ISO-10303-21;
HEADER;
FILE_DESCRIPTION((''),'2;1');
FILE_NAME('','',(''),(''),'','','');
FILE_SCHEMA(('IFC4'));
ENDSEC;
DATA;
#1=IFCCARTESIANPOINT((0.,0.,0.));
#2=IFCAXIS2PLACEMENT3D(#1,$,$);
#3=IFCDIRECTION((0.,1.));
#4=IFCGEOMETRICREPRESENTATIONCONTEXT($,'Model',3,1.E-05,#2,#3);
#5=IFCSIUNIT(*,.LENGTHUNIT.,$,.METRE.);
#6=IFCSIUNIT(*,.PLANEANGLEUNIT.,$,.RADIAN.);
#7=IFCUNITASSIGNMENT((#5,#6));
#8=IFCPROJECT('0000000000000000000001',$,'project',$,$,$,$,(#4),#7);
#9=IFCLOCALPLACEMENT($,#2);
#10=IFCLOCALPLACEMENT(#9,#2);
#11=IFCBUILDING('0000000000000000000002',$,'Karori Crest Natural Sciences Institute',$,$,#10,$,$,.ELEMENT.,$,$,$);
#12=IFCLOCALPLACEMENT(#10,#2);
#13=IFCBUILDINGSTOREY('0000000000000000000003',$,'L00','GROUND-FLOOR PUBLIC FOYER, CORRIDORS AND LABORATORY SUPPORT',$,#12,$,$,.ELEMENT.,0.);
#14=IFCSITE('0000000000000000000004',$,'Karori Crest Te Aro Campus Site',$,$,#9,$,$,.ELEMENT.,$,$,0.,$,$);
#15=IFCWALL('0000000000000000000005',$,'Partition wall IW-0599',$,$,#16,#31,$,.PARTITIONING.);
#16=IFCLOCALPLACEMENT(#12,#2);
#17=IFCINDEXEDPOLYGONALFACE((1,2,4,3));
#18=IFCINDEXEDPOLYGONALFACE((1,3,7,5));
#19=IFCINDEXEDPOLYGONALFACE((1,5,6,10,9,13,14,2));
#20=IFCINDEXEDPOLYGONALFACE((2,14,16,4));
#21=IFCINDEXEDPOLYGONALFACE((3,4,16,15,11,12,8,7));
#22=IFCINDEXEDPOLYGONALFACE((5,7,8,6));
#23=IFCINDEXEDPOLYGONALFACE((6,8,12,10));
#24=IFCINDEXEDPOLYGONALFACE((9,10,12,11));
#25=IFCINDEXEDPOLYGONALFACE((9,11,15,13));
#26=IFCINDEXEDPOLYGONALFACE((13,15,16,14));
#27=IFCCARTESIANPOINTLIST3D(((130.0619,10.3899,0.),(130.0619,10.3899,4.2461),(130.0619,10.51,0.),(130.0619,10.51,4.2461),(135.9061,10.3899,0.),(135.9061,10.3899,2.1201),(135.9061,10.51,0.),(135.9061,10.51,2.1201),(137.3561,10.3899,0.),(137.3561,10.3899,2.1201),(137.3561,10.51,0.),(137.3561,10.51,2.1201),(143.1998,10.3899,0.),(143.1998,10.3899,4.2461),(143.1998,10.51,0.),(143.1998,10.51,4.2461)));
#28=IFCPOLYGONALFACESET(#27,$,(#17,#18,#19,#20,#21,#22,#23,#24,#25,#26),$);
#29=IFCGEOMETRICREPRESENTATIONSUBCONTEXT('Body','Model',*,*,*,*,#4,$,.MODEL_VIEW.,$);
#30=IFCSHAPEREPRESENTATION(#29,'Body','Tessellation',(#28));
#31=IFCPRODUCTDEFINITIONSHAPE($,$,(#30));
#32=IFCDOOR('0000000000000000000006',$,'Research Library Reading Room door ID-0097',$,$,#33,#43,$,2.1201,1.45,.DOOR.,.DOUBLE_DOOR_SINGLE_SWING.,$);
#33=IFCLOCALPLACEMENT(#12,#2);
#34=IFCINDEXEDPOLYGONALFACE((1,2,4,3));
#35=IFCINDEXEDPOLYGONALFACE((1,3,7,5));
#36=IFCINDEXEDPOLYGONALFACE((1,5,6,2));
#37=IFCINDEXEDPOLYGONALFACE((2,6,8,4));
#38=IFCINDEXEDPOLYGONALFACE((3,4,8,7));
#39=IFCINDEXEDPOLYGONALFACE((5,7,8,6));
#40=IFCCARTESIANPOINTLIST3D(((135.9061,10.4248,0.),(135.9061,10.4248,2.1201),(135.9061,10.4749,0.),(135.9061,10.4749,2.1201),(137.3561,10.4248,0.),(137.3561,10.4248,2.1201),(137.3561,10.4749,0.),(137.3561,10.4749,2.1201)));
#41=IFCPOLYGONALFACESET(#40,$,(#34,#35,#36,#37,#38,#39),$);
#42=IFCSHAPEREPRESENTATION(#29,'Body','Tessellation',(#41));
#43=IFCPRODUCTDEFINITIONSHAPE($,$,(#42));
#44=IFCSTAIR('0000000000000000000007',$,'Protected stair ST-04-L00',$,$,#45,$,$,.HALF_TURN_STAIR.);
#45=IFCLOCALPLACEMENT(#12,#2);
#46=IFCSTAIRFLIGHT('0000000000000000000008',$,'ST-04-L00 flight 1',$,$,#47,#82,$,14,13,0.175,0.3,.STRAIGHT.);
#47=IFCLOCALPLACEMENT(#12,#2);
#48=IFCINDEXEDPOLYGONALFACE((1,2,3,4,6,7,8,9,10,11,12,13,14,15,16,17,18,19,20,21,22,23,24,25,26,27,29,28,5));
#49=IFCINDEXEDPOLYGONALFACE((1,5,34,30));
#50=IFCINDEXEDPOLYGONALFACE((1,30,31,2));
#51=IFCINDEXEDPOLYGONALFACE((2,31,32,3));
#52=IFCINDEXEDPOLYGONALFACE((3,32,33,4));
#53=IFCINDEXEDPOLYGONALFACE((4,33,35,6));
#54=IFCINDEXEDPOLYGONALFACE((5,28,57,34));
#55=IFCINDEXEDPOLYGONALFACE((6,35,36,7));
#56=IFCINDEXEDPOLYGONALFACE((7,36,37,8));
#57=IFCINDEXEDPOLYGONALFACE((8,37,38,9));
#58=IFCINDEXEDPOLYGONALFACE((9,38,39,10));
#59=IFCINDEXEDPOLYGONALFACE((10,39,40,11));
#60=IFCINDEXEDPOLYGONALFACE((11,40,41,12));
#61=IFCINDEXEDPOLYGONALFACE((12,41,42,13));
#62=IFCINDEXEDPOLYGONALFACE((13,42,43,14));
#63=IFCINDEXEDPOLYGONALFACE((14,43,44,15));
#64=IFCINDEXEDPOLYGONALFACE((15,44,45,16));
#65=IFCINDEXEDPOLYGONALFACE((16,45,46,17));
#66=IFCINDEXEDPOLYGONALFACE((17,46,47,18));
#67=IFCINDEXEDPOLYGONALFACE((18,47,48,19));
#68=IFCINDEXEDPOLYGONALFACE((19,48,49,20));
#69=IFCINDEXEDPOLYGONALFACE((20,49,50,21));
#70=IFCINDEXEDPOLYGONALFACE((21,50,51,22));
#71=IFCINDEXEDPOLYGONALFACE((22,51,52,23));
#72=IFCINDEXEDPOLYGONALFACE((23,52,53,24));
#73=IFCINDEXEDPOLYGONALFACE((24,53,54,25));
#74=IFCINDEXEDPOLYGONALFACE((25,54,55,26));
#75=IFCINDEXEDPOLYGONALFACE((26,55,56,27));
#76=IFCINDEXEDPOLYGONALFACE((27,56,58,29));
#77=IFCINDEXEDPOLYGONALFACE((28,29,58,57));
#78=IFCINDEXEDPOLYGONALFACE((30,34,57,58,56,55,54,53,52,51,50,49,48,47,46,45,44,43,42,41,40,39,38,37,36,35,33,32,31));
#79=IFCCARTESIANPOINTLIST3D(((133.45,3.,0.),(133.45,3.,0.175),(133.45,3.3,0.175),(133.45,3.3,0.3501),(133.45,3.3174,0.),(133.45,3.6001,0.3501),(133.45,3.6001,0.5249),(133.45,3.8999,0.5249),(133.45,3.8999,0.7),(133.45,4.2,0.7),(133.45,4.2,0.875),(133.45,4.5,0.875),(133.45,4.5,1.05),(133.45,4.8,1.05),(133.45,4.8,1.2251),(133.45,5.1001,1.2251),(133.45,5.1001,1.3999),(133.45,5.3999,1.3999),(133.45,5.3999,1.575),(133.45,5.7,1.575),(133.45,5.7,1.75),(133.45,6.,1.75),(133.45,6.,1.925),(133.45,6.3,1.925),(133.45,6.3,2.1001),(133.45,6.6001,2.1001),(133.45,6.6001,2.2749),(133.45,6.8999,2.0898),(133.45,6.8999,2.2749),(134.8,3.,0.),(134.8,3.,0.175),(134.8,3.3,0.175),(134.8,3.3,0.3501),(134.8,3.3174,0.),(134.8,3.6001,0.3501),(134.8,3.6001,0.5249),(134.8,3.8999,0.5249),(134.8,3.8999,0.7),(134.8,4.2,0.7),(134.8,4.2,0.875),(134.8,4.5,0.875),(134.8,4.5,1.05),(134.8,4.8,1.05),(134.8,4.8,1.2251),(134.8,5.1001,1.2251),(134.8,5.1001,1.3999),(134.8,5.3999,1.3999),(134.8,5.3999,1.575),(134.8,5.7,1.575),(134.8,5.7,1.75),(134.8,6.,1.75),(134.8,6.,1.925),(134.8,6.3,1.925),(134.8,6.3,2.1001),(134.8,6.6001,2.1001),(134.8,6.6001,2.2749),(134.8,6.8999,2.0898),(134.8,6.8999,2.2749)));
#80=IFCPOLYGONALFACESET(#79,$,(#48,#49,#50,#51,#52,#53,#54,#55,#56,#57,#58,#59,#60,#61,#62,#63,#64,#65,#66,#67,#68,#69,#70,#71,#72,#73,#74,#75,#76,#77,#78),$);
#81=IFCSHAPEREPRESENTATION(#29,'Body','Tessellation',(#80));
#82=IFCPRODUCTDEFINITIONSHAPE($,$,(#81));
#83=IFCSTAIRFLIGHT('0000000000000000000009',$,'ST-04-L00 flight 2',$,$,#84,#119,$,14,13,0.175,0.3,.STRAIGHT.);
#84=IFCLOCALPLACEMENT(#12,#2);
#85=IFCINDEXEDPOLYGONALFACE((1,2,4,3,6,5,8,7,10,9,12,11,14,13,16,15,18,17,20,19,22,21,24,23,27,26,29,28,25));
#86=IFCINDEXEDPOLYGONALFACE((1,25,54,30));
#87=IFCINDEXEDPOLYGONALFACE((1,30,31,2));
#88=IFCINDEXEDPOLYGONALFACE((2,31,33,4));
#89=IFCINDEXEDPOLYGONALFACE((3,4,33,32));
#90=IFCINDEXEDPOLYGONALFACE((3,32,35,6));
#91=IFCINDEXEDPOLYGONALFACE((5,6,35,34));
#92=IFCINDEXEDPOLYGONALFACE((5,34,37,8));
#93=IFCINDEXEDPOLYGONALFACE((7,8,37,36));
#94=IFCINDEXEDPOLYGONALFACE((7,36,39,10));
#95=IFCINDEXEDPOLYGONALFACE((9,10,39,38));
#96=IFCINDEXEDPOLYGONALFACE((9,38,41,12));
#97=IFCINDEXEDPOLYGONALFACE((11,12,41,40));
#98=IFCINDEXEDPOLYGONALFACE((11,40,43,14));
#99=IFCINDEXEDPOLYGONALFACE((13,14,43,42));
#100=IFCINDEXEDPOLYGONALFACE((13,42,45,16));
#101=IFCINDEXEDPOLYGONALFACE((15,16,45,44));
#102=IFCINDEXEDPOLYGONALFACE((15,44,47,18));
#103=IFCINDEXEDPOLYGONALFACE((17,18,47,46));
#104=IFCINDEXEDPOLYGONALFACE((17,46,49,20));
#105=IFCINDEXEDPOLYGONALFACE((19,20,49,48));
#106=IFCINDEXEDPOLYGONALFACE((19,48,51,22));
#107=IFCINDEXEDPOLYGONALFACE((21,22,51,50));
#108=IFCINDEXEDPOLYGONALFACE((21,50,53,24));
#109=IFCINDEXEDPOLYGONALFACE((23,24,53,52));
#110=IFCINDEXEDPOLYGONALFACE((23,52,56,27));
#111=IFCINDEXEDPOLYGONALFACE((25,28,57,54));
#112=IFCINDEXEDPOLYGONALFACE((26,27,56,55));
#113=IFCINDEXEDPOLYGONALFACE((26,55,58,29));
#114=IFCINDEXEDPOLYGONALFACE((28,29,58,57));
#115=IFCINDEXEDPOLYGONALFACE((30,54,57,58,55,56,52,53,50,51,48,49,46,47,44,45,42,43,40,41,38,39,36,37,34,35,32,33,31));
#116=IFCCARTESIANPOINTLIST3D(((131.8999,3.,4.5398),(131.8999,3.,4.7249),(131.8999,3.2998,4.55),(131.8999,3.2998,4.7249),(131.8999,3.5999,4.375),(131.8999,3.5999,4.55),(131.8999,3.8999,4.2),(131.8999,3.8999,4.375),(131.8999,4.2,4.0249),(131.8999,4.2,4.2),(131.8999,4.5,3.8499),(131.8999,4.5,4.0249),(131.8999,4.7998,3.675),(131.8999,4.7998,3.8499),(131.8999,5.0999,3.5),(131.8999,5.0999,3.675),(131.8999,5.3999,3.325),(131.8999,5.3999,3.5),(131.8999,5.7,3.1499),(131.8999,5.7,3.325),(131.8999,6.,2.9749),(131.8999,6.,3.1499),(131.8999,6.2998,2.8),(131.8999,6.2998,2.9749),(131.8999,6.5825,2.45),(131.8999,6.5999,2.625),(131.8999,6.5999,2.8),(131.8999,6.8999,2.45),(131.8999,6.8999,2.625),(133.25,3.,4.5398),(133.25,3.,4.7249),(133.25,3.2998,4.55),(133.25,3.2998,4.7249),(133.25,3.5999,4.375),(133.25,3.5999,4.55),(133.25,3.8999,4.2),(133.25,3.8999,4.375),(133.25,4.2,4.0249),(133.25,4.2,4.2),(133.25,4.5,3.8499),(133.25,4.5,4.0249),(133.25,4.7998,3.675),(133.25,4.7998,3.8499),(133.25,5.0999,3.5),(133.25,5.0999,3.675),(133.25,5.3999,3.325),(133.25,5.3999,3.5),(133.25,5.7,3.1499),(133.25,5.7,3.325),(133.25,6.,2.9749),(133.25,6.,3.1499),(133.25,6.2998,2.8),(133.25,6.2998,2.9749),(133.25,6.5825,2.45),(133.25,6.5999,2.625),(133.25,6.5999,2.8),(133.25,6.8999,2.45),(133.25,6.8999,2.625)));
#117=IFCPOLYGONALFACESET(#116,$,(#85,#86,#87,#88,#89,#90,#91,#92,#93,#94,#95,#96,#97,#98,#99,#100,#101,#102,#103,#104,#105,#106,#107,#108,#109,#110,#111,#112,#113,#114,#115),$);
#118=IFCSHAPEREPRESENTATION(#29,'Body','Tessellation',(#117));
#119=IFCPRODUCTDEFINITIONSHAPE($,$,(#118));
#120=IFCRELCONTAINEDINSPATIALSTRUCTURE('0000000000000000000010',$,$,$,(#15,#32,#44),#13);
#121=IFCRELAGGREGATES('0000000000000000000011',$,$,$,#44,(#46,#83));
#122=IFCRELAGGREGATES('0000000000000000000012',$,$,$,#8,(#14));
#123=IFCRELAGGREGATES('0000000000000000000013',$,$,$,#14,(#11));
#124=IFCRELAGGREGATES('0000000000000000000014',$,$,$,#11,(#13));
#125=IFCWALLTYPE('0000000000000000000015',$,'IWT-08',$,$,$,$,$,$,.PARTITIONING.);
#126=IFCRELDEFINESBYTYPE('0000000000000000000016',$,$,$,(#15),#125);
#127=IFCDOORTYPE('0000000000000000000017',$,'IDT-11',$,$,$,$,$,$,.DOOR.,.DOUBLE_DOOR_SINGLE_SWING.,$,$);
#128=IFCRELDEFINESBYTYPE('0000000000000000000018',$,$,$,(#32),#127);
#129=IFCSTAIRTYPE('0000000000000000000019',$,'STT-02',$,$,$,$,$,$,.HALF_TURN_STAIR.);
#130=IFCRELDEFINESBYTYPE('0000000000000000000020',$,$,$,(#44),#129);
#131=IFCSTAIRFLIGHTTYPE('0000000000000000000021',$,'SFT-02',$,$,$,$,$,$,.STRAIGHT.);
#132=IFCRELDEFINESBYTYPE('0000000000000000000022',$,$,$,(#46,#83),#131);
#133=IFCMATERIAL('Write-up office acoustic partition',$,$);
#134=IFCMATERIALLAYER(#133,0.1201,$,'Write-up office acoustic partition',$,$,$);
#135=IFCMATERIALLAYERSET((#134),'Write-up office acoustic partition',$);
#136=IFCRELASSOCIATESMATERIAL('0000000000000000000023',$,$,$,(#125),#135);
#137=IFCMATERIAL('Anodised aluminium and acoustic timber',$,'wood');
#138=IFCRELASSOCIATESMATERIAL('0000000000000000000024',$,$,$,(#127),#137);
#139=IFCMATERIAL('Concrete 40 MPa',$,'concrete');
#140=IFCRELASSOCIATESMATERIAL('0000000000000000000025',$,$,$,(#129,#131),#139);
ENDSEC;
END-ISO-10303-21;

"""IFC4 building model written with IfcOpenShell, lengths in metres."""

from ifc_helpers import new_model, si_unit, direction, frame, frame_2d, origin, place, context, subcontext, project, spatial, polyline, rectangle, outline, extrude, material, layer, layer_set, type_object, element, fill, aggregate, save


model = new_model("IFC4")

# Units and contexts
model_context = context("Model", 3, precision=1e-05, world=origin(), true_north=direction((0.0, 1.0)))
body_context = subcontext(model_context, "Body", "Model", "MODEL_VIEW")
ifc_project = project(units=[si_unit("LENGTHUNIT", "METRE"), si_unit("PLANEANGLEUNIT", "RADIAN")], contexts=[model_context])

# Site, building, storey
site_placement = place(None, origin())
site = spatial("IfcSite", under=ifc_project, at=site_placement, Name="Karori Crest Te Aro Campus Site", CompositionType="ELEMENT", RefElevation=0.0)
building_placement = place(site_placement, origin())
building = spatial("IfcBuilding", under=site, at=building_placement, Name="Karori Crest Natural Sciences Institute", CompositionType="ELEMENT")
storey_placement = place(building_placement, origin())
storey = spatial("IfcBuildingStorey", under=building, at=storey_placement, Name="L00", Description="GROUND-FLOOR PUBLIC FOYER, CORRIDORS AND LABORATORY SUPPORT", CompositionType="ELEMENT", Elevation=0.0)

# Shared definitions
ifc_material_1 = material(Name="Write-up office acoustic partition")
ifc_layer_1 = layer(ifc_material_1, 0.1201, Name="Write-up office acoustic partition")
ifc_layer_set_1 = layer_set([ifc_layer_1], Name="Write-up office acoustic partition")
wall_type_1 = type_object("IfcWallType", Name="IWT-08", PredefinedType="PARTITIONING", material=ifc_layer_set_1)
ifc_material_2 = material(Name="Anodised aluminium and acoustic timber", Category="wood")

# Wall, opening, door
wall_1_placement = place(storey_placement, frame((130.062, 10.45, 0.0), z_axis=(0.0, 0.0, 1.0), x_axis=(1.0, 0.0, 0.0)))
wall_1 = element("IfcWall", 1, at=wall_1_placement, inside=storey, type_object=wall_type_1, Name="Partition wall IW-0599", PredefinedType="PARTITIONING", context=body_context, shape_type="SweptSolid", body=[
    extrude(rectangle(XDim=13.1379, YDim=0.1201, at=frame_2d((6.5688, 0.0))), origin(), (0.0, 0.0, 1.0), 4.2461),
])
opening_1_placement = place(wall_1_placement, frame((5.844, 0.0, 0.0)))
opening_1 = element("IfcOpeningElement", 2, at=opening_1_placement, cuts=wall_1, PredefinedType="OPENING", context=body_context, shape_type="SweptSolid", body=[
    extrude(rectangle(XDim=1.45, YDim=2.1201, at=frame_2d((0.7251, 1.0601))), frame((0.0, 0.0701, 0.0), z_axis=(0.0, -1.0, 0.0), x_axis=(1.0, 0.0, 0.0)), (0.0, 0.0, 1.0), 0.1401),
])
door_type_1 = type_object("IfcDoorType", Name="IDT-11", OperationType="DOUBLE_DOOR_SINGLE_SWING", PredefinedType="DOOR", material=ifc_material_2)
door_1_placement = place(opening_1_placement, origin())
door_1 = element("IfcDoor", 3, at=door_1_placement, inside=storey, type_object=door_type_1, Name="Research Library Reading Room door ID-0097", OperationType="DOUBLE_DOOR_SINGLE_SWING", OverallHeight=2.1201, OverallWidth=1.45, PredefinedType="DOOR", context=body_context, shape_type="SweptSolid", body=[
    extrude(rectangle(XDim=1.45, YDim=2.1201, at=frame_2d((0.7251, 1.0601))), frame((0.0, 0.0249, 0.0), z_axis=(0.0, -1.0, 0.0), x_axis=(1.0, 0.0, 0.0)), (0.0, 0.0, 1.0), 0.05),
])
fill(opening_1, door_1)

# Stair, stair flights
ifc_material_3 = material(Name="Concrete 40 MPa", Category="concrete")
stair_type = type_object("IfcStairType", Name="STT-02", PredefinedType="HALF_TURN_STAIR", material=ifc_material_3)
stair_placement = place(storey_placement, origin())
stair = element("IfcStair", 4, at=stair_placement, inside=storey, type_object=stair_type, Name="Protected stair ST-04-L00", PredefinedType="HALF_TURN_STAIR")
stair_flight_type = type_object("IfcStairFlightType", Name="SFT-02", PredefinedType="STRAIGHT", material=ifc_material_3)
stair_flight_1_placement = place(storey_placement, frame((134.125, 3.0, 0.0), z_axis=(0.0, 0.0, 1.0), x_axis=(0.0, 1.0, 0.0)))
stair_flight_1 = element("IfcStairFlight", 5, at=stair_flight_1_placement, type_object=stair_flight_type, Name="ST-04-L00 flight 1", NumberOfRisers=14, NumberOfTreads=13, PredefinedType="STRAIGHT", RiserHeight=0.175, TreadLength=0.3, context=body_context, shape_type="SweptSolid", body=[
    extrude(outline(polyline([(0.0, 0.0), (0.0, 0.175), (0.3, 0.175), (0.3, 0.3501), (0.6001, 0.3501), (0.6001, 0.5249), (0.8999, 0.5249), (0.8999, 0.7), (1.2, 0.7), (1.2, 0.875), (1.5, 0.875), (1.5, 1.05), (1.8, 1.05), (1.8, 1.2251), (2.1001, 1.2251), (2.1001, 1.3999), (2.3999, 1.3999), (2.3999, 1.575), (2.7, 1.575), (2.7, 1.75), (3.0, 1.75), (3.0, 1.925), (3.3, 1.925), (3.3, 2.1001), (3.6001, 2.1001), (3.6001, 2.2749), (3.8999, 2.2749), (3.8999, 2.45), (3.8999, 2.0898), (0.3174, 0.0), (0.0, 0.0)])), frame((0.0, 0.675, 0.0), z_axis=(0.0, -1.0, 0.0), x_axis=(1.0, 0.0, 0.0)), (0.0, 0.0, 1.0), 1.3501),
])
stair_flight_2_placement = place(storey_placement, frame((132.575, 6.8999, 2.45), z_axis=(0.0, 0.0, 1.0), x_axis=(0.0, -1.0, 0.0)))
stair_flight_2 = element("IfcStairFlight", 6, at=stair_flight_2_placement, type_object=stair_flight_type, Name="ST-04-L00 flight 2", NumberOfRisers=14, NumberOfTreads=13, PredefinedType="STRAIGHT", RiserHeight=0.175, TreadLength=0.3, context=body_context, shape_type="SweptSolid", body=[
    extrude(outline(polyline([(0.0, 0.0), (0.0, 0.175), (0.3, 0.175), (0.3, 0.3501), (0.6001, 0.3501), (0.6001, 0.5249), (0.8999, 0.5249), (0.8999, 0.7), (1.2, 0.7), (1.2, 0.875), (1.5, 0.875), (1.5, 1.05), (1.8, 1.05), (1.8, 1.2251), (2.1001, 1.2251), (2.1001, 1.3999), (2.3999, 1.3999), (2.3999, 1.575), (2.7, 1.575), (2.7, 1.75), (3.0, 1.75), (3.0, 1.925), (3.3, 1.925), (3.3, 2.1001), (3.6001, 2.1001), (3.6001, 2.2749), (3.8999, 2.2749), (3.8999, 2.45), (3.8999, 2.0898), (0.3174, 0.0), (0.0, 0.0)])), frame((0.0, 0.675, 0.0), z_axis=(0.0, -1.0, 0.0), x_axis=(1.0, 0.0, 0.0)), (0.0, 0.0, 1.0), 1.3501),
])
aggregate(stair, [stair_flight_1, stair_flight_2])

save(model, "model.ifc")
